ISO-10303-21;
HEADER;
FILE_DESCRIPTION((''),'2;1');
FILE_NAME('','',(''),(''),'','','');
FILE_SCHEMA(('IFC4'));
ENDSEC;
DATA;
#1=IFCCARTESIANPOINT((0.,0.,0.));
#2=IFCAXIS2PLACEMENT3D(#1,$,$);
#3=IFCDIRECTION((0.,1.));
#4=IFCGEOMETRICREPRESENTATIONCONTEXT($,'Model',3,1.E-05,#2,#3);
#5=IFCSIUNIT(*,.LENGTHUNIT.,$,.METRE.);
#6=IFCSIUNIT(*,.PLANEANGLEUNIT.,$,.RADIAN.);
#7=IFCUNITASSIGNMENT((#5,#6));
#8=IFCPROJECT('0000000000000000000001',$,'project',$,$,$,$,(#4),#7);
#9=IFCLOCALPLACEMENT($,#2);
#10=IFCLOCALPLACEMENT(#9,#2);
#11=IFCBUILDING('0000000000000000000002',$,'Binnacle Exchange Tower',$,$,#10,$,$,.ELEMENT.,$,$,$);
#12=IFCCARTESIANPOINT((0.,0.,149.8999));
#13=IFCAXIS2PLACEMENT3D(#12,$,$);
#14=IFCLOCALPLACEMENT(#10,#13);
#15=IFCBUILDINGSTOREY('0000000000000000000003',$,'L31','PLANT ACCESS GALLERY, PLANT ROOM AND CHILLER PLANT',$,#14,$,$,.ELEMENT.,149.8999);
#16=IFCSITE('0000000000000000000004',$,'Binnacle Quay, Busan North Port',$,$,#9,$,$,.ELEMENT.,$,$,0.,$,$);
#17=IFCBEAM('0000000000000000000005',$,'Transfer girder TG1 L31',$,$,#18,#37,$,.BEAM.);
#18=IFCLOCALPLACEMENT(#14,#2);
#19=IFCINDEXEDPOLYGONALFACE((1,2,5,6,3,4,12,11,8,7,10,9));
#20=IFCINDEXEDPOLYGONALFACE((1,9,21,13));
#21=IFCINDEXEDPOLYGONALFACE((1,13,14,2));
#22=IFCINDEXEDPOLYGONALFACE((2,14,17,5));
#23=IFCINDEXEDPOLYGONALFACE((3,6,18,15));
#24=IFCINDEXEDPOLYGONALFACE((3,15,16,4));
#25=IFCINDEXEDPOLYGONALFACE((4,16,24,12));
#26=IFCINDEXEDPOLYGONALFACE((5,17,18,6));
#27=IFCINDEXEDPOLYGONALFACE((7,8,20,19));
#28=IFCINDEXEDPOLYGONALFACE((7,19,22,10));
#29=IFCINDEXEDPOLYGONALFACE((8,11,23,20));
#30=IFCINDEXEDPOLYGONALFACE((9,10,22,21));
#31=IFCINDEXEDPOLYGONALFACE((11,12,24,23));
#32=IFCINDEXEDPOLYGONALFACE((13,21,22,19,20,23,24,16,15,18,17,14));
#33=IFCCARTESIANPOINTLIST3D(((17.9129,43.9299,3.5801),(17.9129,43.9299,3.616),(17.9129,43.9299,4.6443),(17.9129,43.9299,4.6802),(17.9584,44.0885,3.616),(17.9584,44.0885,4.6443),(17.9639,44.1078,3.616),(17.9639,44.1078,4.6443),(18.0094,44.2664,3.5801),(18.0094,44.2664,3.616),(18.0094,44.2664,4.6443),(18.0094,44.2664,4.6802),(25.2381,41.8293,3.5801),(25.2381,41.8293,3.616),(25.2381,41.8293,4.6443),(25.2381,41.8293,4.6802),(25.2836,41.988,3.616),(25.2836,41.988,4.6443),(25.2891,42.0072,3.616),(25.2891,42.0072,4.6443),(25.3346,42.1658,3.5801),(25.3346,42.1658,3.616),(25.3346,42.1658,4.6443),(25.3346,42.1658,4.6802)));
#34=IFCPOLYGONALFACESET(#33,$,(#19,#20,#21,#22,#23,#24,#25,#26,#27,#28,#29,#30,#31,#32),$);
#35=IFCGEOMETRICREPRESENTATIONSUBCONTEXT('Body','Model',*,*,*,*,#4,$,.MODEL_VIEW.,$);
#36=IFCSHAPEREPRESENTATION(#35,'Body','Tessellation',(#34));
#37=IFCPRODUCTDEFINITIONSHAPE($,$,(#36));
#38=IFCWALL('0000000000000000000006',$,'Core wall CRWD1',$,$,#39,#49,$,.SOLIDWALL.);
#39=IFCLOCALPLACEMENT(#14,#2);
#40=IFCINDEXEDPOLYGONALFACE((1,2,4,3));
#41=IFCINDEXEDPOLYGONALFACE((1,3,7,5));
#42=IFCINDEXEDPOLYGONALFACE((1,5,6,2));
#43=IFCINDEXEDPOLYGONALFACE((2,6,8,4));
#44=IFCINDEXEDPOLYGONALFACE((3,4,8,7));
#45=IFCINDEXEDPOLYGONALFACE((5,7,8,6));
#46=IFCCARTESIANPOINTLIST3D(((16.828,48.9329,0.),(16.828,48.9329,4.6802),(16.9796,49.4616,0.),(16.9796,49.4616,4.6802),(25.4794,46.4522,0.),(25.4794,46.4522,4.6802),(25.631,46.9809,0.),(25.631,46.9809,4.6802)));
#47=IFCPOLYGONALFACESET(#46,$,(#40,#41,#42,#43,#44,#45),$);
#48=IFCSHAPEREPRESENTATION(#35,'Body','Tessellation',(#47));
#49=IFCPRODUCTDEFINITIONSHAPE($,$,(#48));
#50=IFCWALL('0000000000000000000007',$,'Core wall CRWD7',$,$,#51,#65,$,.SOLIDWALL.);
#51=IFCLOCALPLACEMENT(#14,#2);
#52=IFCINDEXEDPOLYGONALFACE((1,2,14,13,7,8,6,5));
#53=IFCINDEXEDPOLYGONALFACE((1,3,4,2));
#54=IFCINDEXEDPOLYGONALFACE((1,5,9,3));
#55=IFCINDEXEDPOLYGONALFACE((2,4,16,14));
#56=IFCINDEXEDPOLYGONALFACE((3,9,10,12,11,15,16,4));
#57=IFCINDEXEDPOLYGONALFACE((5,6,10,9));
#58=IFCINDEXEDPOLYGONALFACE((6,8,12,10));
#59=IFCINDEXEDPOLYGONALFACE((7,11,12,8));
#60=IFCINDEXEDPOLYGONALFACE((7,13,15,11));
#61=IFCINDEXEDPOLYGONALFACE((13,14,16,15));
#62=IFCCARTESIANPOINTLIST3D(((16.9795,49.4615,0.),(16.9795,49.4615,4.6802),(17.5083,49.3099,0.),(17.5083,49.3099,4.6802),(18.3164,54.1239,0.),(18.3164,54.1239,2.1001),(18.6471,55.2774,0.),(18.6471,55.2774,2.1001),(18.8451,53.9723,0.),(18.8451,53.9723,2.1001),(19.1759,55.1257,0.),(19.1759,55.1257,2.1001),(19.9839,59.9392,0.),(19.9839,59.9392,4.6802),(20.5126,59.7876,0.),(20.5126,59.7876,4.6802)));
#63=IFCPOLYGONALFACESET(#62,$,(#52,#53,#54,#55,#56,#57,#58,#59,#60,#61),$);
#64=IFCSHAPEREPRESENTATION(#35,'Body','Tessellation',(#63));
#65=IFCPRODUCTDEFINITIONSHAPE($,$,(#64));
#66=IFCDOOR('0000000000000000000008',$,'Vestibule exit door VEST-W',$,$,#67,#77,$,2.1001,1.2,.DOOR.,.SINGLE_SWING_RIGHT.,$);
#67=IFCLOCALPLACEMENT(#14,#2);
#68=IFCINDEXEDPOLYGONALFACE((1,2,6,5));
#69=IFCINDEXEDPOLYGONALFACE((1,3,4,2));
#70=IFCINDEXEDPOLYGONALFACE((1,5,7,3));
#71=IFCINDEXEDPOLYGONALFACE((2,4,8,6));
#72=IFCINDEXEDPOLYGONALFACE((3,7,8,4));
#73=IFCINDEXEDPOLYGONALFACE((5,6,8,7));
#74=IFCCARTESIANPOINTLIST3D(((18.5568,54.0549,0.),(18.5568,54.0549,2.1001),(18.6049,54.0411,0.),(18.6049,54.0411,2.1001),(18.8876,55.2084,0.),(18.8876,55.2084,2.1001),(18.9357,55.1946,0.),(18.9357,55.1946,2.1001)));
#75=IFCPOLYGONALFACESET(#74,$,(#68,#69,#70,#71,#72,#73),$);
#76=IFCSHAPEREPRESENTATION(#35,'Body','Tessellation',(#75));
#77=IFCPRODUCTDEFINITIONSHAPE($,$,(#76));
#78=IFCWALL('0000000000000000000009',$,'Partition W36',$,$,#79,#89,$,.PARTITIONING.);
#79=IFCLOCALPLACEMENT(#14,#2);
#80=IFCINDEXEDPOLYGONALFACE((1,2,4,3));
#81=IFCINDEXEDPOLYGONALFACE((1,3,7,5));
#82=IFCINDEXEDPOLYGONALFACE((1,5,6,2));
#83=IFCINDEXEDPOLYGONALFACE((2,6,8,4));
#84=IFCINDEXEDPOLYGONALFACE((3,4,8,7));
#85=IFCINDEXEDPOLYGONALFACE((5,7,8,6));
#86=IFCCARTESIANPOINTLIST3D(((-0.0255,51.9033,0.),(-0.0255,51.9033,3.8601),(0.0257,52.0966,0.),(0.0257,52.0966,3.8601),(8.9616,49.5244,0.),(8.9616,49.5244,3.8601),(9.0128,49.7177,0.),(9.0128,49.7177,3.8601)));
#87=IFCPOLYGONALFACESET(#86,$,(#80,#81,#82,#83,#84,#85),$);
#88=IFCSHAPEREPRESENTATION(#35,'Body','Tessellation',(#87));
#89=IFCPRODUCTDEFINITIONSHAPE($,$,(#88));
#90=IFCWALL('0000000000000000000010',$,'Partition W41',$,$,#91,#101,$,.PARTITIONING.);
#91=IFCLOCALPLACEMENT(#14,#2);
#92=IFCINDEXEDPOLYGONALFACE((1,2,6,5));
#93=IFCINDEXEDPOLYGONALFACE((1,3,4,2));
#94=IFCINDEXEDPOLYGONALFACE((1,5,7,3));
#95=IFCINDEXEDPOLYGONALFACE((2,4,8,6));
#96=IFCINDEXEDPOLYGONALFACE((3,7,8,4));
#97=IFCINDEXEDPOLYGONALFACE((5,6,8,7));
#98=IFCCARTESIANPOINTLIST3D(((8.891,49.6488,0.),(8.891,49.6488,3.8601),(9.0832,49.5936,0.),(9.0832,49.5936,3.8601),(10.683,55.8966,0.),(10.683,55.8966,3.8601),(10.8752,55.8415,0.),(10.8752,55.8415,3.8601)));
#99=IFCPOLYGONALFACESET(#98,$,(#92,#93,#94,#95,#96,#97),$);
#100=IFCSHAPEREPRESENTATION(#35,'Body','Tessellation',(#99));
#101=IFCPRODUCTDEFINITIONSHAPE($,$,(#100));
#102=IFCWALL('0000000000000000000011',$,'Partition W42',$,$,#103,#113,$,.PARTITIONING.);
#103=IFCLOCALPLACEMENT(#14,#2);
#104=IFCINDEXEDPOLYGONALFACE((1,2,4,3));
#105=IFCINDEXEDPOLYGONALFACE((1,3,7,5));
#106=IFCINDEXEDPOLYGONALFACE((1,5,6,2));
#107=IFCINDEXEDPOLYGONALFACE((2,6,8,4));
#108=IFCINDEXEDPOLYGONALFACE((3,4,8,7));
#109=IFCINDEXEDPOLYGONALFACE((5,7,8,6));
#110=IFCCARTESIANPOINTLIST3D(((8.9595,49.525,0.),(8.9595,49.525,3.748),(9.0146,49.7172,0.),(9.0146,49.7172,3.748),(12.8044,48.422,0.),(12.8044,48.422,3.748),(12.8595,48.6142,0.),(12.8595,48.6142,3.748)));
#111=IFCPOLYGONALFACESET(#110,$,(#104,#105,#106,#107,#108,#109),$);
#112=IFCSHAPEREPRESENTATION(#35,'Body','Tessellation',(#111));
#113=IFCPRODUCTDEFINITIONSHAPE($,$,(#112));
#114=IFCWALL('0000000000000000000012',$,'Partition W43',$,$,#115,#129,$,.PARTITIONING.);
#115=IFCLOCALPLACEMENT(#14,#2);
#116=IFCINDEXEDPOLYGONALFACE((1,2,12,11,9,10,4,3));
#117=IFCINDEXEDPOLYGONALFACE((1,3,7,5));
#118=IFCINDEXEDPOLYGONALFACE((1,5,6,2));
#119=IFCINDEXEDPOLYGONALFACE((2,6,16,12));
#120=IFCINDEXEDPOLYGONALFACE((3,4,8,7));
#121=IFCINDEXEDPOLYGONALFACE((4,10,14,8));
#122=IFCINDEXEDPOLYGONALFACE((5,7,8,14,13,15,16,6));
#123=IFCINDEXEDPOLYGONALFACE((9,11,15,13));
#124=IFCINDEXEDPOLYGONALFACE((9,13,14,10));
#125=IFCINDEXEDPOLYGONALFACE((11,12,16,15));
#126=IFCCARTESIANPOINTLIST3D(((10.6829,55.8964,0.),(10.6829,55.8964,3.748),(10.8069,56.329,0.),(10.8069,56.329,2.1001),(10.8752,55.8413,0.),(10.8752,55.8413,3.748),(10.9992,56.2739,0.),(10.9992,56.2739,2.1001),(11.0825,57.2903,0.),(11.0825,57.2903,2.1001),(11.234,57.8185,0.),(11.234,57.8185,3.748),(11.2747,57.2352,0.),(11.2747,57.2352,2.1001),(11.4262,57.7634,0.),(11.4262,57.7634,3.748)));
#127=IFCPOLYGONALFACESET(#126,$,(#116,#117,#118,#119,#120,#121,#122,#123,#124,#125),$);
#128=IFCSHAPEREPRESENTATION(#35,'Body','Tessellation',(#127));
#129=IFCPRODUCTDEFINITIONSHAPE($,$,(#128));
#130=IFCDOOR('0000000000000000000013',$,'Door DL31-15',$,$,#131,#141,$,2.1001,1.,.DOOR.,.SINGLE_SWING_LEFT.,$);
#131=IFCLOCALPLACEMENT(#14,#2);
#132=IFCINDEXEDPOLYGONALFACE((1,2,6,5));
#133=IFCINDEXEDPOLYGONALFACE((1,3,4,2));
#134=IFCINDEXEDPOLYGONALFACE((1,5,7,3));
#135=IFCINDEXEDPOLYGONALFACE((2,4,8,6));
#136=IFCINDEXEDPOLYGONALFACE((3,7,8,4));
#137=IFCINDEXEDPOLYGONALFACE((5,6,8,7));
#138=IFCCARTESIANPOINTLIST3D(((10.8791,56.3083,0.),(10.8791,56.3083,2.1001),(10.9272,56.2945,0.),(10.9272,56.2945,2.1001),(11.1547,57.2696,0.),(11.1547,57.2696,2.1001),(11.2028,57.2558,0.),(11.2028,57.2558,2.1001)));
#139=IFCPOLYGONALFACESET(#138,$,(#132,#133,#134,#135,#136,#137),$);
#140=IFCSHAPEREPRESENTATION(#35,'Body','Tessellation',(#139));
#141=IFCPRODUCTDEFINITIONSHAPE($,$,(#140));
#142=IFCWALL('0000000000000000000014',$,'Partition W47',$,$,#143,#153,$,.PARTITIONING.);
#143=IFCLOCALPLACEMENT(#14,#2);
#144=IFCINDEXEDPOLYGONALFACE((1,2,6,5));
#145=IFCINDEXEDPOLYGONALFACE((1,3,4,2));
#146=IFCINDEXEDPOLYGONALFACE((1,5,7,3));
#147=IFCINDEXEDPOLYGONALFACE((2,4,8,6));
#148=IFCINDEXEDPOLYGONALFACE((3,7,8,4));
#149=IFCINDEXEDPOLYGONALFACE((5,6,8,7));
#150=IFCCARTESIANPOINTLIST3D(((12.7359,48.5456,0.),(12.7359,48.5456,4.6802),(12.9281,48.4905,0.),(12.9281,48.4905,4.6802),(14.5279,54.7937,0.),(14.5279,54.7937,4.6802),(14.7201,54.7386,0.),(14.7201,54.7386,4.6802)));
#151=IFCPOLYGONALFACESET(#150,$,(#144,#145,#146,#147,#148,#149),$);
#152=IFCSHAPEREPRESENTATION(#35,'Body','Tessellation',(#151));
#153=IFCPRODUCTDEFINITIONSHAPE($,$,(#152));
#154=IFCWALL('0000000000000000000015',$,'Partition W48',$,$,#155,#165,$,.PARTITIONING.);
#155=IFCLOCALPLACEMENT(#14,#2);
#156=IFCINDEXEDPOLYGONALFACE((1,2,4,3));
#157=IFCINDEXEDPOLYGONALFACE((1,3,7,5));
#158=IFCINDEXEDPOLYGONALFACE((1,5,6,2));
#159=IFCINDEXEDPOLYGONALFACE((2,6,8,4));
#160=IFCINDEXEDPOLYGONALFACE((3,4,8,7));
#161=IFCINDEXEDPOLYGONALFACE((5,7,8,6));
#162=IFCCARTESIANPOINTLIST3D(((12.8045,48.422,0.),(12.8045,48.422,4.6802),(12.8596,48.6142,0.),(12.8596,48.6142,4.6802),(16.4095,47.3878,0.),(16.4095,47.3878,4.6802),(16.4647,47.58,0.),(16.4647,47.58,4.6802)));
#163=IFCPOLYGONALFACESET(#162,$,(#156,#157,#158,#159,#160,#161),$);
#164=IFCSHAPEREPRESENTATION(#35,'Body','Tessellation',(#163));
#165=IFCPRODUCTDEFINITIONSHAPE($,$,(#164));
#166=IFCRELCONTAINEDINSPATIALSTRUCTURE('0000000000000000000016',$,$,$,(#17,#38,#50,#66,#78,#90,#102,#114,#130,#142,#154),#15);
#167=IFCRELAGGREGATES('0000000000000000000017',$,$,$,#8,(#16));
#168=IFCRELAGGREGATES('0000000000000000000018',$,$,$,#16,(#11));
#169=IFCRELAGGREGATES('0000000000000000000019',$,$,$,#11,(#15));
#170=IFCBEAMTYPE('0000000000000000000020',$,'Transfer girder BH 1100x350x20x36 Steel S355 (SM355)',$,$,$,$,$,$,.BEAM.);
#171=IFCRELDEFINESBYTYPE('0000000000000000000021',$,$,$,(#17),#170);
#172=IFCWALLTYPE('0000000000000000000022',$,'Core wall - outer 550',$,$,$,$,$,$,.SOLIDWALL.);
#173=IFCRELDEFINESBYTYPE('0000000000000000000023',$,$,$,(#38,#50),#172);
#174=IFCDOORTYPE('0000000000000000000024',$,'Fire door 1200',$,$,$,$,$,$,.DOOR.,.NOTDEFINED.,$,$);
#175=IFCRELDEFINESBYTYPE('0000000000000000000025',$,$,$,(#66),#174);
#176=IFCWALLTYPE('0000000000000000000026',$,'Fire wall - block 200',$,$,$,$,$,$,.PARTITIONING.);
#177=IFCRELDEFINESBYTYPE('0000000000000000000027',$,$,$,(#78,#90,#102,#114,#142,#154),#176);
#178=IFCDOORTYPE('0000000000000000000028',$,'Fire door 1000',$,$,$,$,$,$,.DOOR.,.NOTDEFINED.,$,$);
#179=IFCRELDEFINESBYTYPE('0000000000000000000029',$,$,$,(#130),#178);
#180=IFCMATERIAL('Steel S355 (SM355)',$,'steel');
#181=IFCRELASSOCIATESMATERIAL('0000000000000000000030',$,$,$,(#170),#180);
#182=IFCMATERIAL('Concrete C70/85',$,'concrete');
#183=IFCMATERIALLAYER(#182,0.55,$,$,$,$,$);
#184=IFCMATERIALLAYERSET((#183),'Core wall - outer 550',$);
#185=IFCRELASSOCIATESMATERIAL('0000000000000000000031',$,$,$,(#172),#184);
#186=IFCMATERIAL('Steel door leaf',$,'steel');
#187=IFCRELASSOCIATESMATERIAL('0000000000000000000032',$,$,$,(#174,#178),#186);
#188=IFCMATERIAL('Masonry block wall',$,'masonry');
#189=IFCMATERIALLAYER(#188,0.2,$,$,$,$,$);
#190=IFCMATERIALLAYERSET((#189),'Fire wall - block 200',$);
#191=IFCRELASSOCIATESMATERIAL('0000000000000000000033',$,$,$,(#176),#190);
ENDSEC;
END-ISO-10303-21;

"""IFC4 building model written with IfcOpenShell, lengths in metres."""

from ifc_helpers import new_model, si_unit, direction, frame, frame_2d, origin, origin_2d, place, context, subcontext, project, spatial, rectangle, i_section, extrude, material, layer, layer_set, material_profile, profile_set, type_object, element, fill, save


model = new_model("IFC4")

# Units and contexts
model_context = context("Model", 3, precision=1e-05, world=origin(), true_north=direction((0.0, 1.0)))
body_context = subcontext(model_context, "Body", "Model", "MODEL_VIEW")
ifc_project = project(units=[si_unit("LENGTHUNIT", "METRE"), si_unit("PLANEANGLEUNIT", "RADIAN")], contexts=[model_context])

# Site, building, storey
site_placement = place(None, origin())
site = spatial("IfcSite", under=ifc_project, at=site_placement, Name="Binnacle Quay, Busan North Port", CompositionType="ELEMENT", RefElevation=0.0)
building_placement = place(site_placement, origin())
building = spatial("IfcBuilding", under=site, at=building_placement, Name="Binnacle Exchange Tower", CompositionType="ELEMENT")
storey_placement = place(building_placement, frame((0.0, 0.0, 149.8999)))
storey = spatial("IfcBuildingStorey", under=building, at=storey_placement, Name="L31", Description="PLANT ACCESS GALLERY, PLANT ROOM AND CHILLER PLANT", CompositionType="ELEMENT", Elevation=149.8999)

# Shared definitions
ifc_material_1 = material(Name="Concrete C70/85", Category="concrete")

# Beam
ifc_material_2 = material(Name="Steel S355 (SM355)", Category="steel")
ifc_material_profile_1 = material_profile(ifc_material_2, i_section(OverallWidth=0.3501, OverallDepth=1.1001, WebThickness=0.02, FlangeThickness=0.0359, at=origin_2d()), Name="BH 1100x350x20x36")
ifc_profile_set_1 = profile_set([ifc_material_profile_1], Name="Steel S355 (SM355)")
beam_type_1 = type_object("IfcBeamType", Name="Transfer girder BH 1100x350x20x36 Steel S355 (SM355)", PredefinedType="BEAM", material=ifc_profile_set_1)
beam_1_placement = place(storey_placement, frame((17.9612, 44.0981, 4.1301), z_axis=(0.961258, -0.275652, 0.0), x_axis=(0.275652, 0.961258, 0.0)))
element("IfcBeam", 1, at=beam_1_placement, inside=storey, type_object=beam_type_1, Name="Transfer girder TG1 L31", PredefinedType="BEAM", context=body_context, shape_type="SweptSolid", body=[
    extrude(i_section(OverallWidth=0.3501, OverallDepth=1.1001, WebThickness=0.02, FlangeThickness=0.0359, at=origin_2d()), origin(), (0.0, 0.0, 1.0), 7.6204),
])

# Wall
ifc_layer_1 = layer(ifc_material_1, 0.55)
ifc_layer_set_1 = layer_set([ifc_layer_1], Name="Core wall - outer 550")
wall_type_1 = type_object("IfcWallType", Name="Core wall - outer 550", PredefinedType="SOLIDWALL", material=ifc_layer_set_1)
wall_1_placement = place(storey_placement, frame((16.9038, 49.1973, 0.0), z_axis=(0.0, 0.0, 1.0), x_axis=(0.961262, -0.275635, 0.0)))
element("IfcWall", 2, at=wall_1_placement, inside=storey, type_object=wall_type_1, Name="Core wall CRWD1", PredefinedType="SOLIDWALL", context=body_context, shape_type="SweptSolid", body=[
    extrude(rectangle(XDim=9.0, YDim=0.55, at=frame_2d((4.5, 0.0))), origin(), (0.0, 0.0, 1.0), 4.6802),
])

# Wall, opening, door
wall_2_placement = place(storey_placement, frame((17.2439, 49.3857, 0.0), z_axis=(0.0, 0.0, 1.0), x_axis=(0.275632, 0.961263, 0.0)))
wall_2 = element("IfcWall", 3, at=wall_2_placement, inside=storey, type_object=wall_type_1, Name="Core wall CRWD7", PredefinedType="SOLIDWALL", context=body_context, shape_type="SweptSolid", body=[
    extrude(rectangle(XDim=10.8999, YDim=0.55, at=frame_2d((5.45, 0.0))), origin(), (0.0, 0.0, 1.0), 4.6802),
])
opening_1_placement = place(wall_2_placement, frame((4.8501, 0.0, 0.0)))
opening_1 = element("IfcOpeningElement", 4, at=opening_1_placement, cuts=wall_2, PredefinedType="OPENING", context=body_context, shape_type="SweptSolid", body=[
    extrude(rectangle(XDim=1.2, YDim=2.1001, at=frame_2d((0.6001, 1.05))), frame((0.0, 0.2849, 0.0), z_axis=(0.0, -1.0, 0.0), x_axis=(1.0, 0.0, 0.0)), (0.0, 0.0, 1.0), 0.5701),
])
ifc_material_3 = material(Name="Steel door leaf", Category="steel")
door_type_1 = type_object("IfcDoorType", Name="Fire door 1200", OperationType="NOTDEFINED", PredefinedType="DOOR", material=ifc_material_3)
door_1_placement = place(opening_1_placement, origin())
door_1 = element("IfcDoor", 5, at=door_1_placement, inside=storey, type_object=door_type_1, Name="Vestibule exit door VEST-W", OperationType="SINGLE_SWING_RIGHT", OverallHeight=2.1001, OverallWidth=1.2, PredefinedType="DOOR", context=body_context, shape_type="SweptSolid", body=[
    extrude(rectangle(XDim=1.2, YDim=2.1001, at=frame_2d((0.6001, 1.05))), frame((0.0, 0.0249, 0.0), z_axis=(0.0, -1.0, 0.0), x_axis=(1.0, 0.0, 0.0)), (0.0, 0.0, 1.0), 0.05),
])
fill(opening_1, door_1)

# Walls
ifc_material_4 = material(Name="Masonry block wall", Category="masonry")
ifc_layer_2 = layer(ifc_material_4, 0.2)
ifc_layer_set_2 = layer_set([ifc_layer_2], Name="Fire wall - block 200")
wall_type_2 = type_object("IfcWallType", Name="Fire wall - block 200", PredefinedType="PARTITIONING", material=ifc_layer_set_2)
wall_3_placement = place(storey_placement, frame((0.0, 52.0, 0.0), z_axis=(0.0, 0.0, 1.0), x_axis=(0.966706, -0.25589, 0.0)))
element("IfcWall", 6, at=wall_3_placement, inside=storey, type_object=wall_type_2, Name="Partition W36", PredefinedType="PARTITIONING", context=body_context, shape_type="SweptSolid", body=[
    extrude(rectangle(XDim=9.2966, YDim=0.2, at=frame_2d((4.6484, 0.0))), origin(), (0.0, 0.0, 1.0), 3.8601),
])
wall_4_placement = place(storey_placement, frame((8.9871, 49.6211, 0.0), z_axis=(0.0, 0.0, 1.0), x_axis=(0.275703, 0.961243, 0.0)))
element("IfcWall", 7, at=wall_4_placement, inside=storey, type_object=wall_type_2, Name="Partition W41", PredefinedType="PARTITIONING", context=body_context, shape_type="SweptSolid", body=[
    extrude(rectangle(XDim=6.4998, YDim=0.2, at=frame_2d((3.25, 0.0))), origin(), (0.0, 0.0, 1.0), 3.8601),
])
wall_5_placement = place(storey_placement, frame((8.9871, 49.6211, 0.0), z_axis=(0.0, 0.0, 1.0), x_axis=(0.961229, -0.275753, 0.0)))
element("IfcWall", 8, at=wall_5_placement, inside=storey, type_object=wall_type_2, Name="Partition W42", PredefinedType="PARTITIONING", context=body_context, shape_type="SweptSolid", body=[
    extrude(rectangle(XDim=4.0, YDim=0.2, at=frame_2d((2.0, 0.0))), origin(), (0.0, 0.0, 1.0), 3.748),
])

# Wall, opening, door
wall_6_placement = place(storey_placement, frame((10.7791, 55.8689, 0.0), z_axis=(0.0, 0.0, 1.0), x_axis=(0.275576, 0.961279, 0.0)))
wall_6 = element("IfcWall", 9, at=wall_6_placement, inside=storey, type_object=wall_type_2, Name="Partition W43", PredefinedType="PARTITIONING", context=body_context, shape_type="SweptSolid", body=[
    extrude(rectangle(XDim=1.9995, YDim=0.2, at=frame_2d((0.9998, 0.0))), origin(), (0.0, 0.0, 1.0), 3.748),
])
opening_2_placement = place(wall_6_placement, frame((0.45, 0.0, 0.0)))
opening_2 = element("IfcOpeningElement", 10, at=opening_2_placement, cuts=wall_6, PredefinedType="OPENING", context=body_context, shape_type="SweptSolid", body=[
    extrude(rectangle(XDim=1.0, YDim=2.1001, at=frame_2d((0.5, 1.05))), frame((0.0, 0.1099, 0.0), z_axis=(0.0, -1.0, 0.0), x_axis=(1.0, 0.0, 0.0)), (0.0, 0.0, 1.0), 0.22),
])
door_type_2 = type_object("IfcDoorType", Name="Fire door 1000", OperationType="NOTDEFINED", PredefinedType="DOOR", material=ifc_material_3)
door_2_placement = place(opening_2_placement, origin())
door_2 = element("IfcDoor", 11, at=door_2_placement, inside=storey, type_object=door_type_2, Name="Door DL31-15", OperationType="SINGLE_SWING_LEFT", OverallHeight=2.1001, OverallWidth=1.0, PredefinedType="DOOR", context=body_context, shape_type="SweptSolid", body=[
    extrude(rectangle(XDim=1.0, YDim=2.1001, at=frame_2d((0.5, 1.05))), frame((0.0, 0.0249, 0.0), z_axis=(0.0, -1.0, 0.0), x_axis=(1.0, 0.0, 0.0)), (0.0, 0.0, 1.0), 0.05),
])
fill(opening_2, door_2)

# Walls
wall_7_placement = place(storey_placement, frame((12.832, 48.5181, 0.0), z_axis=(0.0, 0.0, 1.0), x_axis=(0.275693, 0.961246, 0.0)))
element("IfcWall", 12, at=wall_7_placement, inside=storey, type_object=wall_type_2, Name="Partition W47", PredefinedType="PARTITIONING", context=body_context, shape_type="SweptSolid", body=[
    extrude(rectangle(XDim=6.5, YDim=0.2, at=frame_2d((3.25, 0.0))), origin(), (0.0, 0.0, 1.0), 4.6802),
])
wall_8_placement = place(storey_placement, frame((12.832, 48.5181, 0.0), z_axis=(0.0, 0.0, 1.0), x_axis=(0.961229, -0.275753, 0.0)))
element("IfcWall", 13, at=wall_8_placement, inside=storey, type_object=wall_type_2, Name="Partition W48", PredefinedType="PARTITIONING", context=body_context, shape_type="SweptSolid", body=[
    extrude(rectangle(XDim=3.7505, YDim=0.2, at=frame_2d((1.8752, 0.0))), origin(), (0.0, 0.0, 1.0), 4.6802),
])

save(model, "model.ifc")
